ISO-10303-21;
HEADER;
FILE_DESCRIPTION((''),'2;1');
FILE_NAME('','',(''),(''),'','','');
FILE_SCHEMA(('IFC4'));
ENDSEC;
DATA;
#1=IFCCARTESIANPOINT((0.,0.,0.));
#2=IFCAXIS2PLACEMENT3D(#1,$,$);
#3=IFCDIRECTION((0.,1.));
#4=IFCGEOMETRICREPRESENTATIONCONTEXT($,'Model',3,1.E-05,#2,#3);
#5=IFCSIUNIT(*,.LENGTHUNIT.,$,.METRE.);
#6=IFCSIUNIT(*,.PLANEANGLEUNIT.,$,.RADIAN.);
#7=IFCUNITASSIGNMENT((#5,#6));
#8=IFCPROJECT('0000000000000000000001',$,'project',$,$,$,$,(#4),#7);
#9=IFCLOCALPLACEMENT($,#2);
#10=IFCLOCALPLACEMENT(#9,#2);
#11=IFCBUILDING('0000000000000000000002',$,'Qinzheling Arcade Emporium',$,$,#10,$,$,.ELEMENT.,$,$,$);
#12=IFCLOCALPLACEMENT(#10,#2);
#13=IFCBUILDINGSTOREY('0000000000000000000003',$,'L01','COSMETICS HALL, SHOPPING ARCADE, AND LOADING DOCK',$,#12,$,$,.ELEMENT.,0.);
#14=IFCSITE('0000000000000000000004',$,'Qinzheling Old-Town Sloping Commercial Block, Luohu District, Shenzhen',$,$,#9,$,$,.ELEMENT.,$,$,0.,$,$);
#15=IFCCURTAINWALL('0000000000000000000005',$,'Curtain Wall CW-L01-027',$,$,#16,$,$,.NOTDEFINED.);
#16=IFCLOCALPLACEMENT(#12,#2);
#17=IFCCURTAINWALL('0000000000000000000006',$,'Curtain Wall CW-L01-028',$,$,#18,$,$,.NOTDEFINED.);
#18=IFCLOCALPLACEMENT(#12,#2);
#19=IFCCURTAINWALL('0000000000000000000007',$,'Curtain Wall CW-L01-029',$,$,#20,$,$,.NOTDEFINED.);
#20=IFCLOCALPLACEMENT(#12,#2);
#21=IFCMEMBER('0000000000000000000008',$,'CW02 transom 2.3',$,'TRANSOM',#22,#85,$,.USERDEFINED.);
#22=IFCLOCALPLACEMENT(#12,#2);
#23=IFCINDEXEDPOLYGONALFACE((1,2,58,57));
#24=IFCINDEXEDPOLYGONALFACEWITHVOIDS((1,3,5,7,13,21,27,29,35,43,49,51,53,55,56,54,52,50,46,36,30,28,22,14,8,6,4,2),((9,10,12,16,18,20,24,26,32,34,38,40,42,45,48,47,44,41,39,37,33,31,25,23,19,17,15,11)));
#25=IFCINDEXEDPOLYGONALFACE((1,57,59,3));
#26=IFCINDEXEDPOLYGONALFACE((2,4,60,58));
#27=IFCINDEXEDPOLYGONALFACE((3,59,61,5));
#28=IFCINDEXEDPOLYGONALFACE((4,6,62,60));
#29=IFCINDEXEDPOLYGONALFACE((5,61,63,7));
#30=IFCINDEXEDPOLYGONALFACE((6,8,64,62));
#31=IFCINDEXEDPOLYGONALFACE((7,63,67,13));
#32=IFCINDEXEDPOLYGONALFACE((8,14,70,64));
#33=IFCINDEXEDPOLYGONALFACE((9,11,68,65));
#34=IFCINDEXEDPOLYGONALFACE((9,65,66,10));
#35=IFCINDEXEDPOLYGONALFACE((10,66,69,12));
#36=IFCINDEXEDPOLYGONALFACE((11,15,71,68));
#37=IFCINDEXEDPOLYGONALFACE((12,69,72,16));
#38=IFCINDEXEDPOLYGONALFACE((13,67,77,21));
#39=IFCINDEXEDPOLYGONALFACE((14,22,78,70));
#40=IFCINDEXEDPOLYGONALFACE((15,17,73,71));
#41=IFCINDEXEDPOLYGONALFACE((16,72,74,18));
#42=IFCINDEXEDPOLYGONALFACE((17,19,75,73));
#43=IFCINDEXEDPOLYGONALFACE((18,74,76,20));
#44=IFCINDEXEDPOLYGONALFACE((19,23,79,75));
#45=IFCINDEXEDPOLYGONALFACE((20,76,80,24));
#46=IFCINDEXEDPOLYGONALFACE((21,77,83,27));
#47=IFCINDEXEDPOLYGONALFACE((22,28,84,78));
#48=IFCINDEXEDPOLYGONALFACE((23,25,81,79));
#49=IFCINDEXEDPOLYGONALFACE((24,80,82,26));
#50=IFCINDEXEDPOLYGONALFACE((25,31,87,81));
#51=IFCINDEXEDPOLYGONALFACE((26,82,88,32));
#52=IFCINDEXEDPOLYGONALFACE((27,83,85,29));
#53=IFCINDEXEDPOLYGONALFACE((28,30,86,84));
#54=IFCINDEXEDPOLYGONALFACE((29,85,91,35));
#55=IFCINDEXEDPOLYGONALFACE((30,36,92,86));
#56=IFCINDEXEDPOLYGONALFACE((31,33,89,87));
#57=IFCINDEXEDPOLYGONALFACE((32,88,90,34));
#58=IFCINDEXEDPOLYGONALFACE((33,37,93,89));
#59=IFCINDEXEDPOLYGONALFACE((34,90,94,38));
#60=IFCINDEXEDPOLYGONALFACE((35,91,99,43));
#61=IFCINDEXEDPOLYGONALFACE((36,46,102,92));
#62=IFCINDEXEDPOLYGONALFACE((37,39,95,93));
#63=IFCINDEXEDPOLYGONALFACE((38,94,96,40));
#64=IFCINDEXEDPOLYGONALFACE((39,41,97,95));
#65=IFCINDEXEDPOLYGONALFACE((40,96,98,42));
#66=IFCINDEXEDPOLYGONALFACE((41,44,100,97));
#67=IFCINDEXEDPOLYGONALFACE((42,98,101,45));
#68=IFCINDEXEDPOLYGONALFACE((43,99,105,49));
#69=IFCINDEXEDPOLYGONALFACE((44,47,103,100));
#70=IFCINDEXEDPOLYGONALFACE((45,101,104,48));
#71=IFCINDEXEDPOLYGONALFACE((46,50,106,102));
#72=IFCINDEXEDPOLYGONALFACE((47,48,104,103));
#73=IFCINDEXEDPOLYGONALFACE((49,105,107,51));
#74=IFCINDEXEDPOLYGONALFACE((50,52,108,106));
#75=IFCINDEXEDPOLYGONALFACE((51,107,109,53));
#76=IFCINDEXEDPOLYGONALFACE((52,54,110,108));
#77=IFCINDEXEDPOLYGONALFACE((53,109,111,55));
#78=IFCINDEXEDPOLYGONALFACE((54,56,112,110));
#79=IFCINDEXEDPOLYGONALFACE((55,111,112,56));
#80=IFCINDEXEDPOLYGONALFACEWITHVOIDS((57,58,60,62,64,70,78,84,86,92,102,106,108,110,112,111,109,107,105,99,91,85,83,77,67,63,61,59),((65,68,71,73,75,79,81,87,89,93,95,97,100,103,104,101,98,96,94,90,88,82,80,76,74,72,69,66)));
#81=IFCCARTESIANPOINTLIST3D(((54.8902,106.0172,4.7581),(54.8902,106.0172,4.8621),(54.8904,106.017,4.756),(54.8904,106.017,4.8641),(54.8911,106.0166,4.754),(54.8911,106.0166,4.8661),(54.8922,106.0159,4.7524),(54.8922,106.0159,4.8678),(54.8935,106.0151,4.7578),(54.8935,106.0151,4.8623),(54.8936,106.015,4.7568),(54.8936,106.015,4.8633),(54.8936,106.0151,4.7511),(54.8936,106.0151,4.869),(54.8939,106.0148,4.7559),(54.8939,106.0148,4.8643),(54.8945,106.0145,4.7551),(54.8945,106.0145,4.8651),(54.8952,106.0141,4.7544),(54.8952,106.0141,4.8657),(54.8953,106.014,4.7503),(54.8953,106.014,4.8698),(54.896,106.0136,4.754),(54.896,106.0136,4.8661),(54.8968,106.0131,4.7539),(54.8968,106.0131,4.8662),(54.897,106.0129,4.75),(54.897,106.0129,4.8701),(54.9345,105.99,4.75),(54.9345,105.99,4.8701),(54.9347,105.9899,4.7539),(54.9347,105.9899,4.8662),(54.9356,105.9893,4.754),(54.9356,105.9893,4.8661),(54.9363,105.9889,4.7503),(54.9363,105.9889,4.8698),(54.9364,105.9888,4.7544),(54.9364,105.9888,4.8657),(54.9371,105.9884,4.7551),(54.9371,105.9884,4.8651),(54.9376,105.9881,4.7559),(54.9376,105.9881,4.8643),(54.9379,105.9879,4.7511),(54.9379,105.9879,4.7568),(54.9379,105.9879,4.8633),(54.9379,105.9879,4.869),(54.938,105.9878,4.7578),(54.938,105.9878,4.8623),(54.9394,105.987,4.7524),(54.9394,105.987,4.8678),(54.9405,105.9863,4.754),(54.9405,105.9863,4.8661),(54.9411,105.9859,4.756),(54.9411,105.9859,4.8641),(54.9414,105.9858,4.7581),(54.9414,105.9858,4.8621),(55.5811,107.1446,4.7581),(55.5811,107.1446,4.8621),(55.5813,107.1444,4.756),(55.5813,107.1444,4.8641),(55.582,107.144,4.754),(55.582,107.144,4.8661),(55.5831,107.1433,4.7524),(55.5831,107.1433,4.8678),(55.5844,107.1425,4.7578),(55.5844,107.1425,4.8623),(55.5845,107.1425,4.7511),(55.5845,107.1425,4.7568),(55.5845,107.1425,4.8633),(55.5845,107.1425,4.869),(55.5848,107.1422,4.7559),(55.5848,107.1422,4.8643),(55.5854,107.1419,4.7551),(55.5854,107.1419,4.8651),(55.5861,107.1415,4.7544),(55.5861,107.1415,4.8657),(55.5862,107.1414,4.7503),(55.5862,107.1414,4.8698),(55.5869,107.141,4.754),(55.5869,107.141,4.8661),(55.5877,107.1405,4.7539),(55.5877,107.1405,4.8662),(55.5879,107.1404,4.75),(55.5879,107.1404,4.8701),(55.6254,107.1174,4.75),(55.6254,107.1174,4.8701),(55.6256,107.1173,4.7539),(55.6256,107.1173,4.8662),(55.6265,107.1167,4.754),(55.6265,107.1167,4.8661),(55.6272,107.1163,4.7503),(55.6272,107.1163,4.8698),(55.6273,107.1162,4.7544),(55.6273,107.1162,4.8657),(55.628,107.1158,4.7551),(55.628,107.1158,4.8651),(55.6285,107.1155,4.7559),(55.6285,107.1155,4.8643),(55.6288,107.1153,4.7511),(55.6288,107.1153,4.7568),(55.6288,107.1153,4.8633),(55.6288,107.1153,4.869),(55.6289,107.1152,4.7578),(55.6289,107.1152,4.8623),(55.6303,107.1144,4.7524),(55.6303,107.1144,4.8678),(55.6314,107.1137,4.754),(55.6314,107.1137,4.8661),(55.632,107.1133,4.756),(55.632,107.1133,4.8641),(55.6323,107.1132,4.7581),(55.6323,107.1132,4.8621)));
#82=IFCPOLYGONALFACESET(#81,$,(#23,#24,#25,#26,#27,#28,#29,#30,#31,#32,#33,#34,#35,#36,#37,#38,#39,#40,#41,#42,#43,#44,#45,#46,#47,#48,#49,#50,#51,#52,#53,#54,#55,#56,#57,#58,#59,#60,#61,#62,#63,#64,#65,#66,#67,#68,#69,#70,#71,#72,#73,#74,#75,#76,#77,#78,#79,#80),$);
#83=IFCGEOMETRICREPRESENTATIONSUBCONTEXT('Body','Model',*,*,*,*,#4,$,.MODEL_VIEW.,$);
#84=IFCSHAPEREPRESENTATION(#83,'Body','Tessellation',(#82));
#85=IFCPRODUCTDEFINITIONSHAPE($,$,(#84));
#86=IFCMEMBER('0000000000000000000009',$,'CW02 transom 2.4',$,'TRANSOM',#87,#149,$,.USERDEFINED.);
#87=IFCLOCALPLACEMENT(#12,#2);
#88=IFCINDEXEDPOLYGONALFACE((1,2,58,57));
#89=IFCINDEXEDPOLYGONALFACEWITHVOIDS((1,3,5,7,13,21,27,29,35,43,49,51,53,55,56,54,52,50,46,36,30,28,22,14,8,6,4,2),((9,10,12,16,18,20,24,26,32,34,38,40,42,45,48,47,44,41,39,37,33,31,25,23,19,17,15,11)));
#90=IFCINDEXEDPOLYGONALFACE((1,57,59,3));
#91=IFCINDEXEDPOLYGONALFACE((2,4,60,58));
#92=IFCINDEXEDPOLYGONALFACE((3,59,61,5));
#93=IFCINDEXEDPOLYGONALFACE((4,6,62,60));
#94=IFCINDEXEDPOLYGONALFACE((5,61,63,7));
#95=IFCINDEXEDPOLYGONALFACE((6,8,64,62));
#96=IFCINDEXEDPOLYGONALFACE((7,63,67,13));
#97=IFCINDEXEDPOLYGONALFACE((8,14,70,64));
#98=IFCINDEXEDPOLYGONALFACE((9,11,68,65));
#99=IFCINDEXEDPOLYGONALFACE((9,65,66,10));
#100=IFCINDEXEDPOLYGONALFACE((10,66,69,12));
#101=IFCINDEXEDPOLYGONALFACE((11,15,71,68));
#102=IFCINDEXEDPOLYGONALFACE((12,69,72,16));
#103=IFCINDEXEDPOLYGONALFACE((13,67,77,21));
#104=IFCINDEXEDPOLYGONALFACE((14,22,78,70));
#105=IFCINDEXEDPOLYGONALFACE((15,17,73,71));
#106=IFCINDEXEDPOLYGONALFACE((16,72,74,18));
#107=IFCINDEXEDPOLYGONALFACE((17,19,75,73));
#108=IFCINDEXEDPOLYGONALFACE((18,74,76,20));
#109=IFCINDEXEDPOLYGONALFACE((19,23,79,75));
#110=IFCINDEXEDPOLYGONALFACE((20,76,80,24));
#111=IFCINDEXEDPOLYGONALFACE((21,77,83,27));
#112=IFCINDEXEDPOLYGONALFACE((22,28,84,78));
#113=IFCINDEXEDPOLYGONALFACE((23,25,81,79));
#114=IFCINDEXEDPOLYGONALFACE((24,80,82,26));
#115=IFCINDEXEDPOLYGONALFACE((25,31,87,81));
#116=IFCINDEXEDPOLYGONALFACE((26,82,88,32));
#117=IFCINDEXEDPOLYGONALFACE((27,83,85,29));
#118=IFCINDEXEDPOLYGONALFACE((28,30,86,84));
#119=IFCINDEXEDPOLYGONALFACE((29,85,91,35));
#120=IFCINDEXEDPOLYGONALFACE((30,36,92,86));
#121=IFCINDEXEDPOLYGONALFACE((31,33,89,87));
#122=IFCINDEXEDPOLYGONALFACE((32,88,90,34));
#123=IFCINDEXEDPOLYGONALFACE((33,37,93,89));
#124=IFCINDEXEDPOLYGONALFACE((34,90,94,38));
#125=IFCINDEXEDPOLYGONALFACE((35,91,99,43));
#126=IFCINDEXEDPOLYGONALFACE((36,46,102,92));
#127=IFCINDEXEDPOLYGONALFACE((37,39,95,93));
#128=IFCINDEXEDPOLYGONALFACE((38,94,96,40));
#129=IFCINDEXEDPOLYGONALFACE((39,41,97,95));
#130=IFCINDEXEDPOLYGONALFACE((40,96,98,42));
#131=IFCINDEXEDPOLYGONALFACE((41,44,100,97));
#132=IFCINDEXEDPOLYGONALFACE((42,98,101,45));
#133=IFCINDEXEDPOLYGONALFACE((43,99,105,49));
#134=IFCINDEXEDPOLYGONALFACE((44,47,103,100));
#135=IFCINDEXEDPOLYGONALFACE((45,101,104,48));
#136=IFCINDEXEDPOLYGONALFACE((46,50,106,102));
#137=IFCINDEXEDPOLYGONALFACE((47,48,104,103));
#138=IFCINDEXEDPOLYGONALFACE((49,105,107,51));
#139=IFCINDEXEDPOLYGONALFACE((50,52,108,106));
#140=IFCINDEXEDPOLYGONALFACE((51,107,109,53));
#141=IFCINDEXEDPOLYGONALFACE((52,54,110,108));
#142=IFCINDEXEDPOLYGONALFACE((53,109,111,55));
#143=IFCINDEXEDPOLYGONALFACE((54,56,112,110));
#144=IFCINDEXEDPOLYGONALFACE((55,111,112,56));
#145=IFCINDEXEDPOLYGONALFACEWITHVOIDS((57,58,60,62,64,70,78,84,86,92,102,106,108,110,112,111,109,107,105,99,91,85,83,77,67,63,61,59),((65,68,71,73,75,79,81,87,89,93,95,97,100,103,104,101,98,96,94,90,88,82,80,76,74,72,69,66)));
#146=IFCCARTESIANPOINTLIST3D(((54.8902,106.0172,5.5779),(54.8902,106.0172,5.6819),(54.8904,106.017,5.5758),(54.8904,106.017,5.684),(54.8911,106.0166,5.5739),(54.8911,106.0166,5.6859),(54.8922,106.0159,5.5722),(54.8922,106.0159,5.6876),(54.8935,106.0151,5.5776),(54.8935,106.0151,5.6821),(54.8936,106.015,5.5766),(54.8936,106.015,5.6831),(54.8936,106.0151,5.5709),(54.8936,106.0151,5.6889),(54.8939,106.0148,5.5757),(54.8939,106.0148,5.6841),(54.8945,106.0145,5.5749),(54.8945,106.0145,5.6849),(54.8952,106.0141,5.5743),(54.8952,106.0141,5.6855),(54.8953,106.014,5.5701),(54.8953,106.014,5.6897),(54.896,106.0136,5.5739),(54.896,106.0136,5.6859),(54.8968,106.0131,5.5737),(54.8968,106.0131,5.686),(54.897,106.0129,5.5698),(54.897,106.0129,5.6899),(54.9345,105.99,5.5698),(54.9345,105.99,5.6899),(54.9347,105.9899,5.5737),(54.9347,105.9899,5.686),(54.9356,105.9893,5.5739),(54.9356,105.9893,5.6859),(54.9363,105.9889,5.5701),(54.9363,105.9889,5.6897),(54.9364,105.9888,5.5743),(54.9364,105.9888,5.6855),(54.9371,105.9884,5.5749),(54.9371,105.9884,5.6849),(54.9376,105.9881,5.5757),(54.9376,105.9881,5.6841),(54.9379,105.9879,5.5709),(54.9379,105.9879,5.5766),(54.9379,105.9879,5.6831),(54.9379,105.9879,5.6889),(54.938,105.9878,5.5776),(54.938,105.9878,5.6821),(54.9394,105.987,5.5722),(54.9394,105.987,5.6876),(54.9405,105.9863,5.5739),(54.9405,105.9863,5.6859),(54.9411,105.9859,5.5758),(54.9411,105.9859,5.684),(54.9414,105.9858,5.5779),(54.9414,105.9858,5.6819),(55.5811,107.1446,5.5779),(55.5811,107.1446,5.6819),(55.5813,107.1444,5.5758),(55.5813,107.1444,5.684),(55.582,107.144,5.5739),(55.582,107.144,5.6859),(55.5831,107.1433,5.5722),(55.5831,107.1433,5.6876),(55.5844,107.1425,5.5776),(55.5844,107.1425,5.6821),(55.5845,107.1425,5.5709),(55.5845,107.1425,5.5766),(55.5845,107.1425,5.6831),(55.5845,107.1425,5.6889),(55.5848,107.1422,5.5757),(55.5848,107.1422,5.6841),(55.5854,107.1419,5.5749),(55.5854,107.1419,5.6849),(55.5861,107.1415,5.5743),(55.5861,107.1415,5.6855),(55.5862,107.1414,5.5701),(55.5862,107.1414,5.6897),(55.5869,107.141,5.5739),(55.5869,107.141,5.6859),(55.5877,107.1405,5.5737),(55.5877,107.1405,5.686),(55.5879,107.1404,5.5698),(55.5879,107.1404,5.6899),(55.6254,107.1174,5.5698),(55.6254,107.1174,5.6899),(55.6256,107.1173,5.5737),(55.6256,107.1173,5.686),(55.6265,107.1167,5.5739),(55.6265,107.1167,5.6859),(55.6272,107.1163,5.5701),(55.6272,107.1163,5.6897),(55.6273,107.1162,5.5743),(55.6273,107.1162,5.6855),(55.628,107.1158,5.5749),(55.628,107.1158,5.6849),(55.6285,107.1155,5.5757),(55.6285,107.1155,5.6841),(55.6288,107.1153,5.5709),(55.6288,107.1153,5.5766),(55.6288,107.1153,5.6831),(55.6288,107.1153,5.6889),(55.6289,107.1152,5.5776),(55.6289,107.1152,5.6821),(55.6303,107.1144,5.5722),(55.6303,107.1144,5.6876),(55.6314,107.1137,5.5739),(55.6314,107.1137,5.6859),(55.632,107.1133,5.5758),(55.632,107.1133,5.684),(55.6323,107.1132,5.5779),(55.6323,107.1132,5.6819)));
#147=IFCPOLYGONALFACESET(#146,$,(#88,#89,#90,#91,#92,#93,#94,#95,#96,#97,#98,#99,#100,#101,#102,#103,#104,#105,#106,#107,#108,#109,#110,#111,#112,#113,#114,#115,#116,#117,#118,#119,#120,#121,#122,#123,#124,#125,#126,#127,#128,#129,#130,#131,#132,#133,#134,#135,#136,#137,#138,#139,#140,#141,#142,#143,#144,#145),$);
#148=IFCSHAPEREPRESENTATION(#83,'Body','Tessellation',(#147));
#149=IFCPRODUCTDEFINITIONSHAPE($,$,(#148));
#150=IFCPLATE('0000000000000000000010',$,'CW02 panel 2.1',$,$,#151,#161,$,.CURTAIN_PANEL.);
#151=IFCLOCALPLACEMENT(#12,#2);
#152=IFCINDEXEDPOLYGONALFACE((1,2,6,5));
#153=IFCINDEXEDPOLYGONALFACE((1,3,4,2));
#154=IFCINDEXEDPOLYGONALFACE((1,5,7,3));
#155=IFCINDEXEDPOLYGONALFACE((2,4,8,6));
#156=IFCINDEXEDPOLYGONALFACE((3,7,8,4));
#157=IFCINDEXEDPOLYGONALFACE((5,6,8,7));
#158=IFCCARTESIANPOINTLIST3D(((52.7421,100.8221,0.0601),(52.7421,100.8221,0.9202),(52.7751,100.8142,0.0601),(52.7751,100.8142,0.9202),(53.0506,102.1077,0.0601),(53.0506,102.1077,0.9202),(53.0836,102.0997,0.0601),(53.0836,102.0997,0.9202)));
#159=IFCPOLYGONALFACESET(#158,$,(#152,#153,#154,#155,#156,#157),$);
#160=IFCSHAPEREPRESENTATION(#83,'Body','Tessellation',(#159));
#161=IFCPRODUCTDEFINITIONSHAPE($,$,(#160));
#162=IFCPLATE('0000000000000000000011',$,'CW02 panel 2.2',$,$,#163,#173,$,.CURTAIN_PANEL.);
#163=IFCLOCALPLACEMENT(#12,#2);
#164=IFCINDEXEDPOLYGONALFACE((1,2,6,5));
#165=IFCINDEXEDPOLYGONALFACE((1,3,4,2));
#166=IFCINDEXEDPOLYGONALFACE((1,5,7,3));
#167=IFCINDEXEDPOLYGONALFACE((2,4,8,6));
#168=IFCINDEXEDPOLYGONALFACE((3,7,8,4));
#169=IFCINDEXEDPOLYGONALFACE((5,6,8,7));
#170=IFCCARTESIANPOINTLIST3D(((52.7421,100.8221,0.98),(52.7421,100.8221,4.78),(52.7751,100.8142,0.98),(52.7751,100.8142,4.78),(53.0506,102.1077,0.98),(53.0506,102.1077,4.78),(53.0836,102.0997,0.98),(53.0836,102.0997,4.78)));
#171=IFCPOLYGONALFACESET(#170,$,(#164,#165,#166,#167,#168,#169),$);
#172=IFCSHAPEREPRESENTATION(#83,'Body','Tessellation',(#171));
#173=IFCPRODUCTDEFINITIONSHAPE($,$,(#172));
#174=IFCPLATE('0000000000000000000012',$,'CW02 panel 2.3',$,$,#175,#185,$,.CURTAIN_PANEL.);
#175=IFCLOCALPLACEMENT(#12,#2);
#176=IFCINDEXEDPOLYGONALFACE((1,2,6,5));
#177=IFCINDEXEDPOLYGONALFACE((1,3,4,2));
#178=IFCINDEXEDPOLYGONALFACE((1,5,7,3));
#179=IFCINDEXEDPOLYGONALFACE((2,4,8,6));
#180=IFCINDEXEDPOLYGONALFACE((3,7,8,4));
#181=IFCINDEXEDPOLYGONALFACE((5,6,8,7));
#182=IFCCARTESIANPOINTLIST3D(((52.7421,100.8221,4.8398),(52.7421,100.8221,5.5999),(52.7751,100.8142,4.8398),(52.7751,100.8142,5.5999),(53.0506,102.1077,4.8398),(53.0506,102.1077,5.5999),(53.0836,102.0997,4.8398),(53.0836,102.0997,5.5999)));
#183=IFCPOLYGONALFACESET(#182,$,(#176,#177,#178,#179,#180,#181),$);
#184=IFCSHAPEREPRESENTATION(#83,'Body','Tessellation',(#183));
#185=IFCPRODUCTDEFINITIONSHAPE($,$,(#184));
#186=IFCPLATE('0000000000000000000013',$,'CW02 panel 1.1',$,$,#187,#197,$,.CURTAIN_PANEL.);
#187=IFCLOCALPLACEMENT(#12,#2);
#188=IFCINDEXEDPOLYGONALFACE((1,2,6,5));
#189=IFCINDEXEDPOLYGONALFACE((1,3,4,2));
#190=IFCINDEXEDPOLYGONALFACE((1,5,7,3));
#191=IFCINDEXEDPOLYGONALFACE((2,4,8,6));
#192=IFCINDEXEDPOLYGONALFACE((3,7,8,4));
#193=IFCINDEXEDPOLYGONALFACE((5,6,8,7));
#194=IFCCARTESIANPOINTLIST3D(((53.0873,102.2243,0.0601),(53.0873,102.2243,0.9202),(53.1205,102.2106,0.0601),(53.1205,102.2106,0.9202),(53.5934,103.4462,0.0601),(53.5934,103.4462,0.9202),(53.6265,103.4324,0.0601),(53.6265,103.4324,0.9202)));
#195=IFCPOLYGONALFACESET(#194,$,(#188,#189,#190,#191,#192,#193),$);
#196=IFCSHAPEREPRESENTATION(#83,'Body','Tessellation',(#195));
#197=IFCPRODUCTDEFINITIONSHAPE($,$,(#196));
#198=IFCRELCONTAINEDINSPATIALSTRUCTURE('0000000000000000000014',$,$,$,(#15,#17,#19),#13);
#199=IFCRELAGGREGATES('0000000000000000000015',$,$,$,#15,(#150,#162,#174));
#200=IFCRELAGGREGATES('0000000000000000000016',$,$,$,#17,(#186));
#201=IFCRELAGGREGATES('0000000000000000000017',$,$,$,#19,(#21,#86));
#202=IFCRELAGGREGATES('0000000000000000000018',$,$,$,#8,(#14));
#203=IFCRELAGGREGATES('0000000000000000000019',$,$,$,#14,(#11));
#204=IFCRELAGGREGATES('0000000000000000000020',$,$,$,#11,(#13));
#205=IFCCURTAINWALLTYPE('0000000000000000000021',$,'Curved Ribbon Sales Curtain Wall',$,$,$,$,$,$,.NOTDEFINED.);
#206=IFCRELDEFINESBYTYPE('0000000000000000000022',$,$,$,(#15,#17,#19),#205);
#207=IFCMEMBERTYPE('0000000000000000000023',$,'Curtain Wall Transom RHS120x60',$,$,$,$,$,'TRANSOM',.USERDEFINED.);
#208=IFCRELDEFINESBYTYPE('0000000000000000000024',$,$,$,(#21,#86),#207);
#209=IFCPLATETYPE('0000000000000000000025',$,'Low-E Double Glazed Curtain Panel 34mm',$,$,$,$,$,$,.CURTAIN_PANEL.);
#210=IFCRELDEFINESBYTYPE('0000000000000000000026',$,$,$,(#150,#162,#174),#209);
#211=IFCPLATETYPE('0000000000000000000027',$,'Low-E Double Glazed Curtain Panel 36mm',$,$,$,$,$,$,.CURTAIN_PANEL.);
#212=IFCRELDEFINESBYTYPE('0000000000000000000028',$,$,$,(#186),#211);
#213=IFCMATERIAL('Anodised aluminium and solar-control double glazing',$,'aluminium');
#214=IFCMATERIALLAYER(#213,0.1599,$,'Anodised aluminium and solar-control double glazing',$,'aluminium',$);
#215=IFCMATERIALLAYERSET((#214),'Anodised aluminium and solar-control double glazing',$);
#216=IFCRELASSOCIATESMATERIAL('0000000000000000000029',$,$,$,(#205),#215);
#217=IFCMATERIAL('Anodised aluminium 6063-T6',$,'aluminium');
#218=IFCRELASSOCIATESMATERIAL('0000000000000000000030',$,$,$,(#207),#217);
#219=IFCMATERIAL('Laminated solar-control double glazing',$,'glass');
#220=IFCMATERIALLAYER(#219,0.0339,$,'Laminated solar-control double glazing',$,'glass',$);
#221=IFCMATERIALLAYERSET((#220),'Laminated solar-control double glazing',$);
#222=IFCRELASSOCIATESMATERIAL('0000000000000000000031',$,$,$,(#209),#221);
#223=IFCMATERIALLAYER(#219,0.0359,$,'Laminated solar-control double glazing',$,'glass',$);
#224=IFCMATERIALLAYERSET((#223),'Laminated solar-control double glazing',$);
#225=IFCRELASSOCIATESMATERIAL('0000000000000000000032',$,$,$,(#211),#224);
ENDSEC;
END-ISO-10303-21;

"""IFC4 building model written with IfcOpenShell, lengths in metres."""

from ifc_helpers import new_model, si_unit, direction, frame, origin, origin_2d, place, context, subcontext, project, spatial, rectangle, hollow_rectangle, extrude, material, layer, layer_set, material_profile, profile_set, type_object, element, aggregate, save


model = new_model("IFC4")

# Units and contexts
model_context = context("Model", 3, precision=1e-05, world=origin(), true_north=direction((0.0, 1.0)))
body_context = subcontext(model_context, "Body", "Model", "MODEL_VIEW")
ifc_project = project(units=[si_unit("LENGTHUNIT", "METRE"), si_unit("PLANEANGLEUNIT", "RADIAN")], contexts=[model_context])

# Site, building, storey
site_placement = place(None, origin())
site = spatial("IfcSite", under=ifc_project, at=site_placement, Name="Qinzheling Old-Town Sloping Commercial Block, Luohu District, Shenzhen", CompositionType="ELEMENT", RefElevation=0.0)
building_placement = place(site_placement, origin())
building = spatial("IfcBuilding", under=site, at=building_placement, Name="Qinzheling Arcade Emporium", CompositionType="ELEMENT")
storey_placement = place(building_placement, origin())
storey = spatial("IfcBuildingStorey", under=building, at=storey_placement, Name="L01", Description="COSMETICS HALL, SHOPPING ARCADE, AND LOADING DOCK", CompositionType="ELEMENT", Elevation=0.0)

# Curtain wall
ifc_material_1 = material(Name="Anodised aluminium and solar-control double glazing", Category="aluminium")
ifc_layer_1 = layer(ifc_material_1, 0.1599, Name="Anodised aluminium and solar-control double glazing", Category="aluminium")
ifc_layer_set_1 = layer_set([ifc_layer_1], Name="Anodised aluminium and solar-control double glazing")
curtain_wall_type = type_object("IfcCurtainWallType", Name="Curved Ribbon Sales Curtain Wall", PredefinedType="NOTDEFINED", material=ifc_layer_set_1)
curtain_wall_1_placement = place(storey_placement, origin())
curtain_wall_1 = element("IfcCurtainWall", 1, at=curtain_wall_1_placement, inside=storey, type_object=curtain_wall_type, Name="Curtain Wall CW-L01-027", PredefinedType="NOTDEFINED")
ifc_material_2 = material(Name="Anodised aluminium 6063-T6", Category="aluminium")

# Curtain walls
curtain_wall_2_placement = place(storey_placement, origin())
curtain_wall_2 = element("IfcCurtainWall", 2, at=curtain_wall_2_placement, inside=storey, type_object=curtain_wall_type, Name="Curtain Wall CW-L01-028", PredefinedType="NOTDEFINED")
curtain_wall_3_placement = place(storey_placement, origin())
curtain_wall_3 = element("IfcCurtainWall", 3, at=curtain_wall_3_placement, inside=storey, type_object=curtain_wall_type, Name="Curtain Wall CW-L01-029", PredefinedType="NOTDEFINED")

# Members
ifc_material_profile_1 = material_profile(ifc_material_2, hollow_rectangle(XDim=0.0601, YDim=0.1201, WallThickness=0.0039, InnerFilletRadius=0.0039, OuterFilletRadius=0.0081, at=origin_2d()), Name="RHS 120x60x4", Category="aluminium")
ifc_profile_set_1 = profile_set([ifc_material_profile_1], Name="Anodised aluminium 6063-T6")
member_type_1 = type_object("IfcMemberType", Name="Curtain Wall Transom RHS120x60", ElementType="TRANSOM", PredefinedType="USERDEFINED", material=ifc_profile_set_1)
member_1_placement = place(storey_placement, frame((54.9158, 106.0015, 4.8101), z_axis=(0.52251, 0.852633, 0.0), x_axis=(-0.852633, 0.52251, 0.0)))
member_1 = element("IfcMember", 4, at=member_1_placement, type_object=member_type_1, Name="CW02 transom 2.3", ObjectType="TRANSOM", PredefinedType="USERDEFINED", context=body_context, shape_type="SweptSolid", body=[
    extrude(hollow_rectangle(XDim=0.0601, YDim=0.1201, WallThickness=0.0039, InnerFilletRadius=0.0039, OuterFilletRadius=0.0081, at=origin_2d()), origin(), (0.0, 0.0, 1.0), 1.3223),
])
member_2_placement = place(storey_placement, frame((54.9158, 106.0015, 5.6299), z_axis=(0.52251, 0.852633, 0.0), x_axis=(-0.852633, 0.52251, 0.0)))
member_2 = element("IfcMember", 5, at=member_2_placement, type_object=member_type_1, Name="CW02 transom 2.4", ObjectType="TRANSOM", PredefinedType="USERDEFINED", context=body_context, shape_type="SweptSolid", body=[
    extrude(hollow_rectangle(XDim=0.0601, YDim=0.1201, WallThickness=0.0039, InnerFilletRadius=0.0039, OuterFilletRadius=0.0081, at=origin_2d()), origin(), (0.0, 0.0, 1.0), 1.3223),
])

# Plates
ifc_material_3 = material(Name="Laminated solar-control double glazing", Category="glass")
ifc_layer_2 = layer(ifc_material_3, 0.0339, Name="Laminated solar-control double glazing", Category="glass")
ifc_layer_set_2 = layer_set([ifc_layer_2], Name="Laminated solar-control double glazing")
plate_type_1 = type_object("IfcPlateType", Name="Low-E Double Glazed Curtain Panel 34mm", PredefinedType="CURTAIN_PANEL", material=ifc_layer_set_2)
plate_1_placement = place(storey_placement, frame((52.9128, 101.4609, 0.0601), z_axis=(0.0, 0.0, 1.0), x_axis=(0.23336, 0.972391, 0.0)))
plate_1 = element("IfcPlate", 6, at=plate_1_placement, type_object=plate_type_1, Name="CW02 panel 2.1", PredefinedType="CURTAIN_PANEL", context=body_context, shape_type="SweptSolid", body=[
    extrude(rectangle(XDim=1.322, YDim=0.0339, at=origin_2d()), origin(), (0.0, 0.0, 1.0), 0.8601),
])
plate_2_placement = place(storey_placement, frame((52.9128, 101.4609, 0.98), z_axis=(0.0, 0.0, 1.0), x_axis=(0.23336, 0.972391, 0.0)))
plate_2 = element("IfcPlate", 7, at=plate_2_placement, type_object=plate_type_1, Name="CW02 panel 2.2", PredefinedType="CURTAIN_PANEL", context=body_context, shape_type="SweptSolid", body=[
    extrude(rectangle(XDim=1.322, YDim=0.0339, at=origin_2d()), origin(), (0.0, 0.0, 1.0), 3.8),
])
plate_3_placement = place(storey_placement, frame((52.9128, 101.4609, 4.8398), z_axis=(0.0, 0.0, 1.0), x_axis=(0.23336, 0.972391, 0.0)))
plate_3 = element("IfcPlate", 8, at=plate_3_placement, type_object=plate_type_1, Name="CW02 panel 2.3", PredefinedType="CURTAIN_PANEL", context=body_context, shape_type="SweptSolid", body=[
    extrude(rectangle(XDim=1.322, YDim=0.0339, at=origin_2d()), origin(), (0.0, 0.0, 1.0), 0.76),
])
aggregate(curtain_wall_1, [plate_1, plate_2, plate_3])
ifc_layer_3 = layer(ifc_material_3, 0.0359, Name="Laminated solar-control double glazing", Category="glass")
ifc_layer_set_3 = layer_set([ifc_layer_3], Name="Laminated solar-control double glazing")
plate_type_2 = type_object("IfcPlateType", Name="Low-E Double Glazed Curtain Panel 36mm", PredefinedType="CURTAIN_PANEL", material=ifc_layer_set_3)
plate_4_placement = place(storey_placement, frame((53.3569, 102.8284, 0.0601), z_axis=(0.0, 0.0, 1.0), x_axis=(0.382654, 0.923892, 0.0)))
plate_4 = element("IfcPlate", 9, at=plate_4_placement, type_object=plate_type_2, Name="CW02 panel 1.1", PredefinedType="CURTAIN_PANEL", context=body_context, shape_type="SweptSolid", body=[
    extrude(rectangle(XDim=1.3225, YDim=0.0359, at=origin_2d()), origin(), (0.0, 0.0, 1.0), 0.8601),
])
aggregate(curtain_wall_2, [plate_4])
aggregate(curtain_wall_3, [member_1, member_2])

save(model, "model.ifc")
